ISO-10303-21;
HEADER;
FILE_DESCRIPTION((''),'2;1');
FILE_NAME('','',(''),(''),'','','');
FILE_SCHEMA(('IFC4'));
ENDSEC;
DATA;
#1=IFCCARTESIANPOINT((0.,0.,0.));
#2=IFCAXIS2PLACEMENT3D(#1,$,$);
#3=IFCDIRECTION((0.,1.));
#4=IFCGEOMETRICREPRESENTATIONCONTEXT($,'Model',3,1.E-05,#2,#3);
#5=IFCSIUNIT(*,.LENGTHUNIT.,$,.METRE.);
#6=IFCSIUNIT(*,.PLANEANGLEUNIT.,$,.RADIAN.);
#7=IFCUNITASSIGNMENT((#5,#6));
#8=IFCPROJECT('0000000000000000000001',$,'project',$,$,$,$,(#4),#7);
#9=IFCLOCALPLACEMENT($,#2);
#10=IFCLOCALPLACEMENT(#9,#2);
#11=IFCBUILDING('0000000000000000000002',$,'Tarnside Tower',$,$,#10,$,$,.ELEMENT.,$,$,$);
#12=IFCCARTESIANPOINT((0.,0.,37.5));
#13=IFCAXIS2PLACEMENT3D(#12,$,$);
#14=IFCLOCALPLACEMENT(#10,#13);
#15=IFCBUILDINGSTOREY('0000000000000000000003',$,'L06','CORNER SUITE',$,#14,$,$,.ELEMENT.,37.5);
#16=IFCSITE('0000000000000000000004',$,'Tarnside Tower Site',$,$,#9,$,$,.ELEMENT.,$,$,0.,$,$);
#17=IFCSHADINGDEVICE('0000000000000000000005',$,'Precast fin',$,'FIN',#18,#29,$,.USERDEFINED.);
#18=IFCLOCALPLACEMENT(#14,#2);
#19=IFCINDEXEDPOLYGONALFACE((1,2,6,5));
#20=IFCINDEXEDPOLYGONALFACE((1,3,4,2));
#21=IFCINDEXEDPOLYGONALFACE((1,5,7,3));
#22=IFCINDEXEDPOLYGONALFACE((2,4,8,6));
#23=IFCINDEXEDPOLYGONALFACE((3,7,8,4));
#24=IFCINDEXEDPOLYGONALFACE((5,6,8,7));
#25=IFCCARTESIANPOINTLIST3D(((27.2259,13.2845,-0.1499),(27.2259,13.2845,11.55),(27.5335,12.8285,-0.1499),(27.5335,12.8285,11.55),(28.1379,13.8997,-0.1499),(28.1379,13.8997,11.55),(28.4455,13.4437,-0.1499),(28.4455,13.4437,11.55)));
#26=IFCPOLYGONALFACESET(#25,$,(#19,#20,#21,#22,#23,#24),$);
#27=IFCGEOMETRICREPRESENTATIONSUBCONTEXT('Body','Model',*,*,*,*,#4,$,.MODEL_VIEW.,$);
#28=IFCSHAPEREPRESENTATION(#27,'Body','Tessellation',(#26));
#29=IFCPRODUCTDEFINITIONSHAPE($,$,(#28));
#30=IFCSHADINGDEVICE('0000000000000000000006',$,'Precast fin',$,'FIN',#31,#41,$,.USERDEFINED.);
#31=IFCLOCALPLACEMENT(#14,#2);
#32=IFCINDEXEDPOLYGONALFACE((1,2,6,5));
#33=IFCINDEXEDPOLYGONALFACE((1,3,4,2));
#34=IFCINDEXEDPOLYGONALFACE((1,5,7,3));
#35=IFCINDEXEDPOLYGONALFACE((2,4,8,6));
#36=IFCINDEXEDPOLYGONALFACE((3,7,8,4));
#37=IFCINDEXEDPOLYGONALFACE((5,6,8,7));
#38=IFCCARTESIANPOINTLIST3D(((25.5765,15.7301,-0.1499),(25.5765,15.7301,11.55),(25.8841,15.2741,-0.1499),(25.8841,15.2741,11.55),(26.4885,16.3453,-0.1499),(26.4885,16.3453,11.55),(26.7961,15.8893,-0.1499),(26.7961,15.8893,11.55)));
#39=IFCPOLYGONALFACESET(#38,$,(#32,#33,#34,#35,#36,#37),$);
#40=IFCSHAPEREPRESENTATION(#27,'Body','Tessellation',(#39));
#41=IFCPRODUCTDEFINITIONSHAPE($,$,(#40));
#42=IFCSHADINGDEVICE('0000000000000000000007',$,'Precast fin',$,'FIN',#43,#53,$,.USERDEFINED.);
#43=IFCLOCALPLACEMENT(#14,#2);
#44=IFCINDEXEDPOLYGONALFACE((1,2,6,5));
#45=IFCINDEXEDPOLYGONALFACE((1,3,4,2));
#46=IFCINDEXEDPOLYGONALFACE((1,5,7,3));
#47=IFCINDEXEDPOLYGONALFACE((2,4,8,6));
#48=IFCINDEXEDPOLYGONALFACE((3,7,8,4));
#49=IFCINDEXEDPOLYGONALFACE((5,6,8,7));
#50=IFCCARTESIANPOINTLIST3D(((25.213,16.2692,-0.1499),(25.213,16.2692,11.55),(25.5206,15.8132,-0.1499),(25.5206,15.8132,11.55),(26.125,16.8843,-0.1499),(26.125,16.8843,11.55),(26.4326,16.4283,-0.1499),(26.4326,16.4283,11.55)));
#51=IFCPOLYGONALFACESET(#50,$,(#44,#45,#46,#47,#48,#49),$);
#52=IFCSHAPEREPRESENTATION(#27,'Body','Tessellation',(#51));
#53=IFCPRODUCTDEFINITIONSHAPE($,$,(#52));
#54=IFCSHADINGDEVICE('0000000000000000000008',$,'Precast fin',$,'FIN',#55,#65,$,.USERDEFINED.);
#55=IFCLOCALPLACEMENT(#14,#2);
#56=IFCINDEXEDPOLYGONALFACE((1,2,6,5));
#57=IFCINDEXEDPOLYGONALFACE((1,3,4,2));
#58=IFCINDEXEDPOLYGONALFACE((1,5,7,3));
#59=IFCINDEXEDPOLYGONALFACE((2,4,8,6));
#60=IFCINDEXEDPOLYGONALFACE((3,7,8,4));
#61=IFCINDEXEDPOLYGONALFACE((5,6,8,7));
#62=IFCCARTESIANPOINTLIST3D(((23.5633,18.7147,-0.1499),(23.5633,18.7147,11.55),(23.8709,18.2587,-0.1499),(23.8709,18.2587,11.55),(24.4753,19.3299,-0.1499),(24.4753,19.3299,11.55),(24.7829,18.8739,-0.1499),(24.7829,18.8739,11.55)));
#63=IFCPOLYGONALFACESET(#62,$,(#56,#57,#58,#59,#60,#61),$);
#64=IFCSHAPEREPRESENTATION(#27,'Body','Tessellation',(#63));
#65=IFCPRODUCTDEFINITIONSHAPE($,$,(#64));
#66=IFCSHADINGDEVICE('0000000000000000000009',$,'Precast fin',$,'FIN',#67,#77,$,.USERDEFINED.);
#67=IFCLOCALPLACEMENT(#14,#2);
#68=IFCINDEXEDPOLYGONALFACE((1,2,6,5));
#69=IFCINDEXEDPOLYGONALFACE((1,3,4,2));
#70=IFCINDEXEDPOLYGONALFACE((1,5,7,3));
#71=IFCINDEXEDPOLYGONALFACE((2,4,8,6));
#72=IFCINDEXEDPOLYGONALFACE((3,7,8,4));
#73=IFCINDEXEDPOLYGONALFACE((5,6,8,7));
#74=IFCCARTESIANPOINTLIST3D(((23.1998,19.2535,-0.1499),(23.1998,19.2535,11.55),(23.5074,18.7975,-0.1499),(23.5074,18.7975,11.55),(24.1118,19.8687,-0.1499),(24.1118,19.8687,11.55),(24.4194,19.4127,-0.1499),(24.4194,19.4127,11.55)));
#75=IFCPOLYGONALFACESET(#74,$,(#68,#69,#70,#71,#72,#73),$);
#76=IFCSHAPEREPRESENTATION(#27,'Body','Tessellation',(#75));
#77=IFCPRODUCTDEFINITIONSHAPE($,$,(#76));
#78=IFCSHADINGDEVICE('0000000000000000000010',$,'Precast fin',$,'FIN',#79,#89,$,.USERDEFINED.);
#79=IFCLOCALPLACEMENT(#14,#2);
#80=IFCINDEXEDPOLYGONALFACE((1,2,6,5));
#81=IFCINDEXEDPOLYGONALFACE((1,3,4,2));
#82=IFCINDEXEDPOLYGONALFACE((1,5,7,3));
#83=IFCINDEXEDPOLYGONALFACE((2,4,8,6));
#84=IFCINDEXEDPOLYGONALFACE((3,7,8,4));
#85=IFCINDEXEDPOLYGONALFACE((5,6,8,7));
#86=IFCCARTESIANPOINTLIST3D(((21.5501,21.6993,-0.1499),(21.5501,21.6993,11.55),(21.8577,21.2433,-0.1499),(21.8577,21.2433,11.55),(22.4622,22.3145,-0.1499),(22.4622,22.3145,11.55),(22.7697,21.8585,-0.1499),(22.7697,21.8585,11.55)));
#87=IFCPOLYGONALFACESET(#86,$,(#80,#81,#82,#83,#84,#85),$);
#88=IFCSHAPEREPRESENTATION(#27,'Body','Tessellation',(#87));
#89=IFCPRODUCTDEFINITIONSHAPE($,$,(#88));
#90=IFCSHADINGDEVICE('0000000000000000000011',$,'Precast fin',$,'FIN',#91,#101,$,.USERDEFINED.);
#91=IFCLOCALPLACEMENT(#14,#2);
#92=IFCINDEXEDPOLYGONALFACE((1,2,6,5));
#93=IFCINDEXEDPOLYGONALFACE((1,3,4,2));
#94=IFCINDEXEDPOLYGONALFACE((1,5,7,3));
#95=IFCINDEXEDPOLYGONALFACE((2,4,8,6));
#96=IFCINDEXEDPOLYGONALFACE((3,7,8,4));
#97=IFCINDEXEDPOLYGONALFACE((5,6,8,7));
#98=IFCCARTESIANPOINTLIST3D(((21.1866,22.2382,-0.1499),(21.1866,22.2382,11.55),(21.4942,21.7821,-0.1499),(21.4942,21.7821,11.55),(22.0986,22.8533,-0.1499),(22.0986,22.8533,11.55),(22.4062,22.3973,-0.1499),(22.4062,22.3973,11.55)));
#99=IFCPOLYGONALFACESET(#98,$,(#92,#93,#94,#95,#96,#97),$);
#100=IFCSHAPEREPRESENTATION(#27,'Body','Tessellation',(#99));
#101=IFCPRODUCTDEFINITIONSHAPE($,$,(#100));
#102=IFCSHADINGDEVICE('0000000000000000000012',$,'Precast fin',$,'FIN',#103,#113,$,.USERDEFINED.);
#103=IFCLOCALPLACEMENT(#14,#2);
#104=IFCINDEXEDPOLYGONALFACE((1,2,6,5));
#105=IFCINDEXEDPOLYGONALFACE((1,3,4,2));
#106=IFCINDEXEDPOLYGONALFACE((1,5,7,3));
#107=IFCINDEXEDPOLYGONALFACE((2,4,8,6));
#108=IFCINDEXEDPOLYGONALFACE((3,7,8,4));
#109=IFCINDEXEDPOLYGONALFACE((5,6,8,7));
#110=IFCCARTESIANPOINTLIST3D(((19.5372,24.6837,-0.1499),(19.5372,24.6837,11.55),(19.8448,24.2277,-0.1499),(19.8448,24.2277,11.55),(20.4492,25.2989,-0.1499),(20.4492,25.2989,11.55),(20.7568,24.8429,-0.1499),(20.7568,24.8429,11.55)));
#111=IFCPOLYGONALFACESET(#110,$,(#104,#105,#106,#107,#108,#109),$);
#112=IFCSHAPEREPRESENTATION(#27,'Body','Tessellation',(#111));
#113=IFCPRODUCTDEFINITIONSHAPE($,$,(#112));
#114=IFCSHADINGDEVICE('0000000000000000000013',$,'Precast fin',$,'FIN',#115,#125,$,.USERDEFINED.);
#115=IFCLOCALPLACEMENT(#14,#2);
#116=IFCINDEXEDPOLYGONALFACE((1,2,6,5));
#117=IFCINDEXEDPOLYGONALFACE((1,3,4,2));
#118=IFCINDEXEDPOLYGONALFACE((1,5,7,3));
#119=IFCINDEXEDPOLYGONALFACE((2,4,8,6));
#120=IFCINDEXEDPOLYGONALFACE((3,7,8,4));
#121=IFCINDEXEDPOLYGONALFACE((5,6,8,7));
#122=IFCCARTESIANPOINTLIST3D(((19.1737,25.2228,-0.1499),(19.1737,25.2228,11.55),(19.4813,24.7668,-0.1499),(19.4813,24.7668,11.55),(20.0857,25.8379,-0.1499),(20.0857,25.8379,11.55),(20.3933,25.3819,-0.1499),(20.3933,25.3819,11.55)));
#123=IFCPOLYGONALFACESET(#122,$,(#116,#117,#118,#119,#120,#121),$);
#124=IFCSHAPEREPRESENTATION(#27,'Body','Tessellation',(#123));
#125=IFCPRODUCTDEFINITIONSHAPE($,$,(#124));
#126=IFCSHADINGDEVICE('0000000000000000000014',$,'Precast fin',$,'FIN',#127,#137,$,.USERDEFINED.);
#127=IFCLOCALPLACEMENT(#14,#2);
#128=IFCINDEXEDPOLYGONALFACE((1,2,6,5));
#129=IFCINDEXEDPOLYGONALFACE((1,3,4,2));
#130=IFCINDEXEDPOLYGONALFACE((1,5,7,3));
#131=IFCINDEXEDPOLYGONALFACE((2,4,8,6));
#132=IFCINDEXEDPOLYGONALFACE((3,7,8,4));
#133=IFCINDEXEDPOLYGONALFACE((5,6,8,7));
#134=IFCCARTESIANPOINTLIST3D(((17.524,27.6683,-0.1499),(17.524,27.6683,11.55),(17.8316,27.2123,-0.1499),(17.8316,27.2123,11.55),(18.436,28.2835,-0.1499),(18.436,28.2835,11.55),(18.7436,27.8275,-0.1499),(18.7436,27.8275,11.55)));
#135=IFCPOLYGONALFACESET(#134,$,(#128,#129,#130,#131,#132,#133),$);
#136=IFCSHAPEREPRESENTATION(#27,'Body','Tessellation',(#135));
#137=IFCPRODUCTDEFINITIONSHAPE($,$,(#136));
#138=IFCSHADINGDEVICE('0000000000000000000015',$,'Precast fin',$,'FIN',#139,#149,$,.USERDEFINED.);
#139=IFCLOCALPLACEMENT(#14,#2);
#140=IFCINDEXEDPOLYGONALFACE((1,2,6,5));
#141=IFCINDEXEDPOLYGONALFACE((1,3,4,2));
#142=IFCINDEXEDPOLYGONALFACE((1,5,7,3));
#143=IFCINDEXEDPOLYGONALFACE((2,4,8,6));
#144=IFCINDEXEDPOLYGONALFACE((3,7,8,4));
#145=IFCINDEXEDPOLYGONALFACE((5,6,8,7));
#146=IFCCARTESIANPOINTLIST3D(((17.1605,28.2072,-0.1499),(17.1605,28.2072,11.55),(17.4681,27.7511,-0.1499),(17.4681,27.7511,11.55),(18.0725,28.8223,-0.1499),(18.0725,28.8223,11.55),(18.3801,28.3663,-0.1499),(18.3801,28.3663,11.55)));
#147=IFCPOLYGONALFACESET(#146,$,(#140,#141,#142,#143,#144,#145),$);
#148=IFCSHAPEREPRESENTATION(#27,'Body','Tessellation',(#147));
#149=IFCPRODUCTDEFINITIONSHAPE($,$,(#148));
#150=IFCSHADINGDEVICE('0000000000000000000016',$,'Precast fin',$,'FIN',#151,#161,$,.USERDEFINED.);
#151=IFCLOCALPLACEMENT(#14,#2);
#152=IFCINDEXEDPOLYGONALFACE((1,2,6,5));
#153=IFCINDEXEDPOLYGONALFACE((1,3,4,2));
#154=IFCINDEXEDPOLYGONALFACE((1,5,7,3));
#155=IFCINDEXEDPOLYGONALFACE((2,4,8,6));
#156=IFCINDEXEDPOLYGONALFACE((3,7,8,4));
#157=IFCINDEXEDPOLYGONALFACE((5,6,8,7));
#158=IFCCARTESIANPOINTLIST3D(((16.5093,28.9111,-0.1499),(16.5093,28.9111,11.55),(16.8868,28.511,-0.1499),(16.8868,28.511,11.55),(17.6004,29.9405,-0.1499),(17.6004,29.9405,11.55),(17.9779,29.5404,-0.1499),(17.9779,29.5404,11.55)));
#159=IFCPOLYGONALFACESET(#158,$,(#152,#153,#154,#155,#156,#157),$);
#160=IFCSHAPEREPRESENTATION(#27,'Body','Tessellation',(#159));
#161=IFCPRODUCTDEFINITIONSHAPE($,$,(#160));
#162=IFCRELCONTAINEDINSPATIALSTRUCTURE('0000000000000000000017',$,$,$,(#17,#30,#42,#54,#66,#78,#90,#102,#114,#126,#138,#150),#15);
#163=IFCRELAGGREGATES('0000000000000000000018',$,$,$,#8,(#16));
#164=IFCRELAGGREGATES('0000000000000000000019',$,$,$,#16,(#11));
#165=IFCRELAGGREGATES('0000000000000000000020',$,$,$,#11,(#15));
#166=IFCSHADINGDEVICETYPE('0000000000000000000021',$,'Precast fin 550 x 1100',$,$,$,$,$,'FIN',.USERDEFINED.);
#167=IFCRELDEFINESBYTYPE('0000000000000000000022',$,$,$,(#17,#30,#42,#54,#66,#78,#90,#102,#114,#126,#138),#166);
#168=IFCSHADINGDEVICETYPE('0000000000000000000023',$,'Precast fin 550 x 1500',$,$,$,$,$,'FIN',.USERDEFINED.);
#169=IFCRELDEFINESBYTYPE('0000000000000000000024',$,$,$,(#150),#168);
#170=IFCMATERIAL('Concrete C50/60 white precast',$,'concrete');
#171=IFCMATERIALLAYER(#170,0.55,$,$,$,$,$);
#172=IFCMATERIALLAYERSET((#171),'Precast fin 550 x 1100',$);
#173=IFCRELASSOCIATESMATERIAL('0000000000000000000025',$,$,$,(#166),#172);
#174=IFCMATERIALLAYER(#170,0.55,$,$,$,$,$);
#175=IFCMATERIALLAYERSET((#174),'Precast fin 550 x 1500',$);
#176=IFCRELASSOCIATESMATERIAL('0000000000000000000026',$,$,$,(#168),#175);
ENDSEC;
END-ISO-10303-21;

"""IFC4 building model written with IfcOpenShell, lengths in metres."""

from ifc_helpers import new_model, si_unit, direction, frame, origin, place, context, subcontext, project, spatial, polyline, outline, extrude, material, layer, layer_set, type_object, element, save


model = new_model("IFC4")

# Units and contexts
model_context = context("Model", 3, precision=1e-05, world=origin(), true_north=direction((0.0, 1.0)))
body_context = subcontext(model_context, "Body", "Model", "MODEL_VIEW")
ifc_project = project(units=[si_unit("LENGTHUNIT", "METRE"), si_unit("PLANEANGLEUNIT", "RADIAN")], contexts=[model_context])

# Site, building, storey
site_placement = place(None, origin())
site = spatial("IfcSite", under=ifc_project, at=site_placement, Name="Tarnside Tower Site", CompositionType="ELEMENT", RefElevation=0.0)
building_placement = place(site_placement, origin())
building = spatial("IfcBuilding", under=site, at=building_placement, Name="Tarnside Tower", CompositionType="ELEMENT")
storey_placement = place(building_placement, frame((0.0, 0.0, 37.5)))
storey = spatial("IfcBuildingStorey", under=building, at=storey_placement, Name="L06", Description="CORNER SUITE", CompositionType="ELEMENT", Elevation=37.5)

# Shading devices
ifc_material_1 = material(Name="Concrete C50/60 white precast", Category="concrete")
ifc_layer_1 = layer(ifc_material_1, 0.55)
ifc_layer_set_1 = layer_set([ifc_layer_1], Name="Precast fin 550 x 1100")
shading_device_type_1 = type_object("IfcShadingDeviceType", Name="Precast fin 550 x 1100", ElementType="FIN", PredefinedType="USERDEFINED", material=ifc_layer_set_1)
for number, where, z_axis, x_axis, name in (
    (1, (27.3796, 13.0566, -0.1499), (0.559193, -0.829038, 0.0), (0.829038, 0.559193, 0.0), "Precast fin"),
    (2, (25.7302, 15.5022, -0.1499), (0.559193, -0.829038, 0.0), (0.829038, 0.559193, 0.0), "Precast fin"),
    (3, (25.3667, 16.0413, -0.1499), (0.559193, -0.829038, 0.0), (0.829038, 0.559193, 0.0), "Precast fin"),
    (4, (23.717, 18.4868, -0.1499), (0.559193, -0.829038, 0.0), (0.829038, 0.559193, 0.0), "Precast fin"),
    (5, (23.3535, 19.0256, -0.1499), (0.559193, -0.829038, 0.0), (0.829038, 0.559193, 0.0), "Precast fin"),
    (6, (21.7039, 21.4714, -0.1499), (0.559193, -0.829038, 0.0), (0.829038, 0.559193, 0.0), "Precast fin"),
    (7, (21.3403, 22.0103, -0.1499), (0.559193, -0.829038, 0.0), (0.829038, 0.559193, 0.0), "Precast fin"),
    (8, (19.6909, 24.4558, -0.1499), (0.559193, -0.829038, 0.0), (0.829038, 0.559193, 0.0), "Precast fin"),
    (9, (19.3274, 24.9949, -0.1499), (0.559193, -0.829038, 0.0), (0.829038, 0.559193, 0.0), "Precast fin"),
    (10, (17.6777, 27.4404, -0.1499), (0.559193, -0.829038, 0.0), (0.829038, 0.559193, 0.0), "Precast fin"),
    (11, (17.3142, 27.9792, -0.1499), (0.559193, -0.829038, 0.0), (0.829038, 0.559193, 0.0), "Precast fin"),
):
    element("IfcShadingDevice", number, at=place(storey_placement, frame(where, z_axis=z_axis, x_axis=x_axis)), inside=storey, type_object=shading_device_type_1, Name=name, ObjectType="FIN", PredefinedType="USERDEFINED", context=body_context, shape_type="SweptSolid", body=[
        extrude(outline(polyline([(0.0, 0.0), (1.1001, 0.0), (1.1001, 11.7), (0.0, 11.7), (0.0, 0.0)])), frame((0.0, 0.0, -0.2749)), (0.0, 0.0, 1.0), 0.55),
    ])
ifc_layer_2 = layer(ifc_material_1, 0.55)
ifc_layer_set_2 = layer_set([ifc_layer_2], Name="Precast fin 550 x 1500")
shading_device_type_2 = type_object("IfcShadingDeviceType", Name="Precast fin 550 x 1500", ElementType="FIN", PredefinedType="USERDEFINED", material=ifc_layer_set_2)
shading_device_placement = place(storey_placement, frame((16.698, 28.7112, -0.1499), z_axis=(0.686242, -0.727374, 0.0), x_axis=(0.727374, 0.686242, 0.0)))
element("IfcShadingDevice", 12, at=shading_device_placement, inside=storey, type_object=shading_device_type_2, Name="Precast fin", ObjectType="FIN", PredefinedType="USERDEFINED", context=body_context, shape_type="SweptSolid", body=[
    extrude(outline(polyline([(0.0, 0.0), (1.5, 0.0), (1.5, 11.7), (0.0, 11.7), (0.0, 0.0)])), frame((0.0, 0.0, -0.2749)), (0.0, 0.0, 1.0), 0.55),
])

save(model, "model.ifc")
